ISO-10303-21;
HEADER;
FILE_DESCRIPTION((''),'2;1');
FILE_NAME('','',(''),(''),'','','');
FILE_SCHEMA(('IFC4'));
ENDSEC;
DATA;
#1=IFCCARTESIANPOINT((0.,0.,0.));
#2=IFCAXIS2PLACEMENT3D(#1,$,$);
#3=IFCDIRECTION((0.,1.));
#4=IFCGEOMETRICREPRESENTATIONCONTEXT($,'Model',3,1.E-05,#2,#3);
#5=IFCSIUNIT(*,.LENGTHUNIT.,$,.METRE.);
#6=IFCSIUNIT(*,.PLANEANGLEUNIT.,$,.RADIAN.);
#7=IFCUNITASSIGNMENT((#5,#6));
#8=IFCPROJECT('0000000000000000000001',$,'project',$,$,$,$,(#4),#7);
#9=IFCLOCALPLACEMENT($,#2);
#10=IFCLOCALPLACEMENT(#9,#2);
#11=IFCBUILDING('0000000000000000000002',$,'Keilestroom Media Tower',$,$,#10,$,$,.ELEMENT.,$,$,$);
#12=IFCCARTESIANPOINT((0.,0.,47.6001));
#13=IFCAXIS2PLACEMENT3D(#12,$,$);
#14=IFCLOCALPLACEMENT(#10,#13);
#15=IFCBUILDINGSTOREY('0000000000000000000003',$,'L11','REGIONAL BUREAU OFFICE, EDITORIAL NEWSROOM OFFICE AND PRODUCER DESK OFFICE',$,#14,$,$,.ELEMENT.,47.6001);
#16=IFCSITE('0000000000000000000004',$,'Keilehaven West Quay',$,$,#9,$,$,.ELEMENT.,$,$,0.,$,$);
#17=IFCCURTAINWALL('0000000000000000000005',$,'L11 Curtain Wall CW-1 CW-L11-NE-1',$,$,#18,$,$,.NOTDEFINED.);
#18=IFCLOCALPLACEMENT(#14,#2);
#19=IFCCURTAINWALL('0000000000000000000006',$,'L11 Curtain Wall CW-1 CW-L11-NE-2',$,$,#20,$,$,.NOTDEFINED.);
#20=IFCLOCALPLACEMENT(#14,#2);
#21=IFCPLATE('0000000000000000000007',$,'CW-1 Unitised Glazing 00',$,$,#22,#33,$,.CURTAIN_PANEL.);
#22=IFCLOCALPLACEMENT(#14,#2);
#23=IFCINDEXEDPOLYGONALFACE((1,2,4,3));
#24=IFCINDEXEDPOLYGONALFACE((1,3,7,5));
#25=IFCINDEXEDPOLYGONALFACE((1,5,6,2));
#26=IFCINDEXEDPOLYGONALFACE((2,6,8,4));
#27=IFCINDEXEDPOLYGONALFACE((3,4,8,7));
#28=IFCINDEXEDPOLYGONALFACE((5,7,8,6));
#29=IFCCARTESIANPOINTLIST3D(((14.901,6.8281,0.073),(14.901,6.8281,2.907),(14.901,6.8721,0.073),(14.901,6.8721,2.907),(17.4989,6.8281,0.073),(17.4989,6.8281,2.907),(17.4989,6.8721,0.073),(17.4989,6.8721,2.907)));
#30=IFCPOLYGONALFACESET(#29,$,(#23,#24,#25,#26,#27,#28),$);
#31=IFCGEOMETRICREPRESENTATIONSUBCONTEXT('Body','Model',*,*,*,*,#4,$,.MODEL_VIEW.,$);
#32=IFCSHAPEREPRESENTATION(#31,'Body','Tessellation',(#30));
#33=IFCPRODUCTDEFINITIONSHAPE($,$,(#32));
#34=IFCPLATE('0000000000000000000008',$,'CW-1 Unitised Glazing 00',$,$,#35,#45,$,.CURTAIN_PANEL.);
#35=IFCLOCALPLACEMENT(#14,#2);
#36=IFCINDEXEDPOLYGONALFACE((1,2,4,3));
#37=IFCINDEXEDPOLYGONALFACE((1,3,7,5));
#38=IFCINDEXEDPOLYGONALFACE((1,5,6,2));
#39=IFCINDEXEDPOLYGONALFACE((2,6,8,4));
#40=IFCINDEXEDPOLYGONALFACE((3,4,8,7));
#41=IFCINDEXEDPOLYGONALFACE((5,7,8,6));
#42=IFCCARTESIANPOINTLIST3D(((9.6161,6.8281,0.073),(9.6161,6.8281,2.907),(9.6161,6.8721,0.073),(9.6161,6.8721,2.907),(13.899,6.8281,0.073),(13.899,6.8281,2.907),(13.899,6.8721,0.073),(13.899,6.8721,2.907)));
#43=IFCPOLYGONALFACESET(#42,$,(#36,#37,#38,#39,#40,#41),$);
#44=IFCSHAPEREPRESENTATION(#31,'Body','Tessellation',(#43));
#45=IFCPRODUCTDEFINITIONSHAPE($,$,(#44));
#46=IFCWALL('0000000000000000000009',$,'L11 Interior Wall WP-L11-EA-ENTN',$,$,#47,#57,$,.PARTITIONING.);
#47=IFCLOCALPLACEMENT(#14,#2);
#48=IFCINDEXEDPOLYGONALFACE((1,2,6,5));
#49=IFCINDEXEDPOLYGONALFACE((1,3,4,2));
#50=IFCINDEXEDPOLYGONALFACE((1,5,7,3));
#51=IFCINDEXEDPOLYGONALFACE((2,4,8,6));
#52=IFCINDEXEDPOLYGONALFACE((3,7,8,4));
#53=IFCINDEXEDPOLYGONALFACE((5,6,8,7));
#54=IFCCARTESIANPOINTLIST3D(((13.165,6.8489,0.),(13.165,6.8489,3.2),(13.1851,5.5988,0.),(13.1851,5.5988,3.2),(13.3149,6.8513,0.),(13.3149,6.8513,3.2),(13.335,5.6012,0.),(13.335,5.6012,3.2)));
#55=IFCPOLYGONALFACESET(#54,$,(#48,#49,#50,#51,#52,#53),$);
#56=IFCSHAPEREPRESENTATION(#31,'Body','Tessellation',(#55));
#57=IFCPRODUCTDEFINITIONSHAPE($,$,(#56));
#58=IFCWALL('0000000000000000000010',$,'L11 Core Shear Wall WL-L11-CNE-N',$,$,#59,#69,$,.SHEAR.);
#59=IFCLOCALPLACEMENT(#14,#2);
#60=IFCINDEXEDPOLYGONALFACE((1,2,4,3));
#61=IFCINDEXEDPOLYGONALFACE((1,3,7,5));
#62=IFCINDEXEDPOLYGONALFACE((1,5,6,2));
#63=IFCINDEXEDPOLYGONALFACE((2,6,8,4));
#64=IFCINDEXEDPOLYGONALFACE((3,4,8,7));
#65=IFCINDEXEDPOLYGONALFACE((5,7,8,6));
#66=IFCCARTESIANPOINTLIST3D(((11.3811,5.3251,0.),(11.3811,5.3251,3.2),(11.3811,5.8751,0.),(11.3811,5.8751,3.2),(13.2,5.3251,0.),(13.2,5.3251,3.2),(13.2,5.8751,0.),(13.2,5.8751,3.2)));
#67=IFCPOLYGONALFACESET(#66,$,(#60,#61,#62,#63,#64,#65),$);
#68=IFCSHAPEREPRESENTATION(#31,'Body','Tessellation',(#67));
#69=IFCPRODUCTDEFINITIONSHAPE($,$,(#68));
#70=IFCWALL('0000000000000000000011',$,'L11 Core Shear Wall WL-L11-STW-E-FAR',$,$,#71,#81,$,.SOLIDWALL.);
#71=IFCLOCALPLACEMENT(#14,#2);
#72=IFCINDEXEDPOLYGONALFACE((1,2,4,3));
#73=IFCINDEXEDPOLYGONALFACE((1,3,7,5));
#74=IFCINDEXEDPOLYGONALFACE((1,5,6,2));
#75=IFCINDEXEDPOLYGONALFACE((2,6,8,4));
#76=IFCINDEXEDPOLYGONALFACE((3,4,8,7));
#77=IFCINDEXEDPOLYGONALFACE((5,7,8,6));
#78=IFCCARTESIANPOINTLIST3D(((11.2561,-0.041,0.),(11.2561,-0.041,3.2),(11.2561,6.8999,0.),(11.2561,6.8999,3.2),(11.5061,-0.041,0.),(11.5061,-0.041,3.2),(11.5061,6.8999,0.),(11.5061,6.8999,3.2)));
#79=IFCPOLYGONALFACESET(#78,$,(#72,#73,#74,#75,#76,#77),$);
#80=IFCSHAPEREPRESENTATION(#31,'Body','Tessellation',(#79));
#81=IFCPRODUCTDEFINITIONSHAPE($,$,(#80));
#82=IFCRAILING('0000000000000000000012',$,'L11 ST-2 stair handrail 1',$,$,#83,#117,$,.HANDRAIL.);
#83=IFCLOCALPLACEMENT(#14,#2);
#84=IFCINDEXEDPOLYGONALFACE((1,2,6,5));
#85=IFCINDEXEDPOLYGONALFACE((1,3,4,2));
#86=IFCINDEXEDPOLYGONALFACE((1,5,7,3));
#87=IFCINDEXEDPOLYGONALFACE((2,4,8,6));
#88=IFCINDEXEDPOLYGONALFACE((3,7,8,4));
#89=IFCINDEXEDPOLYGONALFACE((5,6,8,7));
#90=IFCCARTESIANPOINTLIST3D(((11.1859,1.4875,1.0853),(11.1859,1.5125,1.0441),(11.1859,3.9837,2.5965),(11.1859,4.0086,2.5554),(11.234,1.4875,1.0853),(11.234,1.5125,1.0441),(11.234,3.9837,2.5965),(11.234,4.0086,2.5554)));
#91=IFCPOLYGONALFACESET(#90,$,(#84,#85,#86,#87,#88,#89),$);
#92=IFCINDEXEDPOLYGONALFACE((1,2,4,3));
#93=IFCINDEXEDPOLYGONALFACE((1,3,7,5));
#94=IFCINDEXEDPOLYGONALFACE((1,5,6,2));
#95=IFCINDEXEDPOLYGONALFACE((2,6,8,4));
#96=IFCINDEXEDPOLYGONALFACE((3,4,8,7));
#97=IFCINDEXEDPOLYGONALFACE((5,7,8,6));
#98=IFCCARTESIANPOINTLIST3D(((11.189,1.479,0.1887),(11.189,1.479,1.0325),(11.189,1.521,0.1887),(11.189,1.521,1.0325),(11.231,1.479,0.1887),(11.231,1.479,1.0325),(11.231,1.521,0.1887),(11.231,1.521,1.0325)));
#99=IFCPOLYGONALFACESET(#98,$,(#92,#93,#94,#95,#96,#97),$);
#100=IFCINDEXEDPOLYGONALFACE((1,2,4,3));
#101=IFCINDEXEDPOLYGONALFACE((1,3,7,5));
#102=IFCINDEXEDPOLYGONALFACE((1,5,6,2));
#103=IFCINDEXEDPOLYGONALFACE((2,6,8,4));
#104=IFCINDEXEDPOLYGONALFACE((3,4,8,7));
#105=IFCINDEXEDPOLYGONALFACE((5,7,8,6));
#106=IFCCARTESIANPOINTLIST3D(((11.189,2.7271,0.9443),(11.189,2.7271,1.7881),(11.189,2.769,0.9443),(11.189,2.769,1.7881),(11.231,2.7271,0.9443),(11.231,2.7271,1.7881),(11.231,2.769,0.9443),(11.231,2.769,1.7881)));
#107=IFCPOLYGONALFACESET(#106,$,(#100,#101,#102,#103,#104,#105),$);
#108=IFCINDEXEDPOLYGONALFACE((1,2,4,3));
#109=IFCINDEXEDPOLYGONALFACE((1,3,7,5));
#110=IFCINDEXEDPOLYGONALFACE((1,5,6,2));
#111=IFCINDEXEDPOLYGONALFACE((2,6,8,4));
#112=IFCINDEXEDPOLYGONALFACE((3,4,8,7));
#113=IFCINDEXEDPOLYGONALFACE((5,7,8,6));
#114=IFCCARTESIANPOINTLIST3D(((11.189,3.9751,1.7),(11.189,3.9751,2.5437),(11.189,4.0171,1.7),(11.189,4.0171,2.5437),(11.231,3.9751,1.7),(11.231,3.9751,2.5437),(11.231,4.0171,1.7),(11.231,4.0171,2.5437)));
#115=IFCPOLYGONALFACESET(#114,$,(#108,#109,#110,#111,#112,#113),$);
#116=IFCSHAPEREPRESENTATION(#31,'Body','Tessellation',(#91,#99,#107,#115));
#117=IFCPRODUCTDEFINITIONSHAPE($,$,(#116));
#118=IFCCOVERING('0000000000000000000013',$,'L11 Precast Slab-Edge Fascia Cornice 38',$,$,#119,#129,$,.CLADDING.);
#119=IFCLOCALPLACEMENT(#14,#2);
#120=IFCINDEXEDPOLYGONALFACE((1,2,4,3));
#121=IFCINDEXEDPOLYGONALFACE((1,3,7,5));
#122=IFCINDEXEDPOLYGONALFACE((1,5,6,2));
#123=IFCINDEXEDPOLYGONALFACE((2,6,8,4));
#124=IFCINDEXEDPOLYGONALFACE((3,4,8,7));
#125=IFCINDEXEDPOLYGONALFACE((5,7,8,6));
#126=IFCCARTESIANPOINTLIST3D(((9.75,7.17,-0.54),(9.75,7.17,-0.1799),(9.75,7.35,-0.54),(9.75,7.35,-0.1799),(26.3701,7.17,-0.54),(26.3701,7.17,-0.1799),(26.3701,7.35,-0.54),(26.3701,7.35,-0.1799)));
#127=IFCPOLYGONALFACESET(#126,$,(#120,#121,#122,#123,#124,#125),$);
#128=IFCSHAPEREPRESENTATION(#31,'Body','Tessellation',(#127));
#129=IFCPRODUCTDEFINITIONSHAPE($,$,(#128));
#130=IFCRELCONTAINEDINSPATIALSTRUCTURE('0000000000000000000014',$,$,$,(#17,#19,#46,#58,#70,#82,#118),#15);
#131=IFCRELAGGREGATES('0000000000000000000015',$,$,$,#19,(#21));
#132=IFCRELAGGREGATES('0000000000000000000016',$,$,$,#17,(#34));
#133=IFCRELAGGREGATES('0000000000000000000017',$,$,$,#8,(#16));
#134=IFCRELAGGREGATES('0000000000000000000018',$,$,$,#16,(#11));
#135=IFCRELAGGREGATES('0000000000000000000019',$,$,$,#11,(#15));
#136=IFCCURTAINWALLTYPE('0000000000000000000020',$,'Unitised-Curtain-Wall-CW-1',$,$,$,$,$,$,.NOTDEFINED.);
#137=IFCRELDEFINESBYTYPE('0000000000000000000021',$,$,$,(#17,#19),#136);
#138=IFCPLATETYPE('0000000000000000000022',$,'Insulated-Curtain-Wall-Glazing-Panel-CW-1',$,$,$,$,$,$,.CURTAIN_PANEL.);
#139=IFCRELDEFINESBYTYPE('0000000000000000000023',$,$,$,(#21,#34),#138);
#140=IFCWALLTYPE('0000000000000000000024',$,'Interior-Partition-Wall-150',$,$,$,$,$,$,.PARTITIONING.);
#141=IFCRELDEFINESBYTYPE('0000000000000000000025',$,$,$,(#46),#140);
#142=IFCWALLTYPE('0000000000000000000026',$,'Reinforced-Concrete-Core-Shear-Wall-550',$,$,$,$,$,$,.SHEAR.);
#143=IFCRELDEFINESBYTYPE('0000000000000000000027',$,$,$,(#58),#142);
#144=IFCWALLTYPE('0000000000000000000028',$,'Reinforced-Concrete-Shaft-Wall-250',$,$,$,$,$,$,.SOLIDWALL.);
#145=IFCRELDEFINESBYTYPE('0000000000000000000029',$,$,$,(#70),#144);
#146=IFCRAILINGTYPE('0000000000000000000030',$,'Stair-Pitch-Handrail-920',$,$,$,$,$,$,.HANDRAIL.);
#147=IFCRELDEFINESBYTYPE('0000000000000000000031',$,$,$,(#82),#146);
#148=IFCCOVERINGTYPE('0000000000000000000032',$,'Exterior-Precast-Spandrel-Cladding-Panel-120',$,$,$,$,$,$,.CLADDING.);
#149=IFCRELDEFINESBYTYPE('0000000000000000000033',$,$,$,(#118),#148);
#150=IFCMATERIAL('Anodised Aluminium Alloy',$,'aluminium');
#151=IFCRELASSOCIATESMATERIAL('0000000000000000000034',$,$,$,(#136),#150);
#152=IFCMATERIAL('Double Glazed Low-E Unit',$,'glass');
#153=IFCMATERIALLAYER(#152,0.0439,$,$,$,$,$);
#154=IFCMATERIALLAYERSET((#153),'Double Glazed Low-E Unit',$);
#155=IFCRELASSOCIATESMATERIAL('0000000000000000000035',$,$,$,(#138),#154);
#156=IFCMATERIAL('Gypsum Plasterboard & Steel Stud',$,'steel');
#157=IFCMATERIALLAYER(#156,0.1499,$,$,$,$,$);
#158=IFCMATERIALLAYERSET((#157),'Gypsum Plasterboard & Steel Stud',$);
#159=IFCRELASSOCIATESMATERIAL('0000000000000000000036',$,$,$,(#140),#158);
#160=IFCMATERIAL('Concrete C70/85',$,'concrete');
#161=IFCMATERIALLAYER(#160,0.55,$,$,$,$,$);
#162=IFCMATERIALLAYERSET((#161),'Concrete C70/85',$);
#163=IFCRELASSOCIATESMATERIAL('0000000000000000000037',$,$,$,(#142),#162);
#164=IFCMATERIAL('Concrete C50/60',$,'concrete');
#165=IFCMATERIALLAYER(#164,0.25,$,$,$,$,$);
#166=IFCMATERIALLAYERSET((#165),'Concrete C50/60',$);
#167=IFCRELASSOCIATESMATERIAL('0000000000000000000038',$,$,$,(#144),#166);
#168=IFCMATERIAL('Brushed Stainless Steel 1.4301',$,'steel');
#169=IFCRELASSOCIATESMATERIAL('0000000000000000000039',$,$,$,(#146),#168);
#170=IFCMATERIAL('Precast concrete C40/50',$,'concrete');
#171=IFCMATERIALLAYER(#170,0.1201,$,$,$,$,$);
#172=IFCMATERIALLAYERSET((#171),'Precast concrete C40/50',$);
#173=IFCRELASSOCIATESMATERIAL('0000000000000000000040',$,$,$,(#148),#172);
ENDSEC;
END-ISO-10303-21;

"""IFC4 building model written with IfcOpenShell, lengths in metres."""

from ifc_helpers import new_model, si_unit, direction, frame, frame_2d, origin, origin_2d, place, context, subcontext, project, spatial, rectangle, extrude, source, transform, mapped, material, layer, layer_set, type_object, element, aggregate, save


model = new_model("IFC4")

# Units and contexts
model_context = context("Model", 3, precision=1e-05, world=origin(), true_north=direction((0.0, 1.0)))
body_context = subcontext(model_context, "Body", "Model", "MODEL_VIEW")
ifc_project = project(units=[si_unit("LENGTHUNIT", "METRE"), si_unit("PLANEANGLEUNIT", "RADIAN")], contexts=[model_context])

# Site, building, storey
site_placement = place(None, origin())
site = spatial("IfcSite", under=ifc_project, at=site_placement, Name="Keilehaven West Quay", CompositionType="ELEMENT", RefElevation=0.0)
building_placement = place(site_placement, origin())
building = spatial("IfcBuilding", under=site, at=building_placement, Name="Keilestroom Media Tower", CompositionType="ELEMENT")
storey_placement = place(building_placement, frame((0.0, 0.0, 47.6001)))
storey = spatial("IfcBuildingStorey", under=building, at=storey_placement, Name="L11", Description="REGIONAL BUREAU OFFICE, EDITORIAL NEWSROOM OFFICE AND PRODUCER DESK OFFICE", CompositionType="ELEMENT", Elevation=47.6001)

# Shared definitions
ifc_material_1 = material(Name="Precast concrete C40/50", Category="concrete")

# Curtain wall
ifc_material_2 = material(Name="Anodised Aluminium Alloy", Category="aluminium")
curtain_wall_type = type_object("IfcCurtainWallType", Name="Unitised-Curtain-Wall-CW-1", PredefinedType="NOTDEFINED", material=ifc_material_2)
curtain_wall_1_placement = place(storey_placement, origin())
curtain_wall_1 = element("IfcCurtainWall", 1, at=curtain_wall_1_placement, inside=storey, type_object=curtain_wall_type, Name="L11 Curtain Wall CW-1 CW-L11-NE-1", PredefinedType="NOTDEFINED")

# Curtain wall
curtain_wall_2_placement = place(storey_placement, origin())
curtain_wall_2 = element("IfcCurtainWall", 2, at=curtain_wall_2_placement, inside=storey, type_object=curtain_wall_type, Name="L11 Curtain Wall CW-1 CW-L11-NE-2", PredefinedType="NOTDEFINED")

# Plates
ifc_material_3 = material(Name="Double Glazed Low-E Unit", Category="glass")
ifc_layer_1 = layer(ifc_material_3, 0.0439)
ifc_layer_set_1 = layer_set([ifc_layer_1], Name="Double Glazed Low-E Unit")
plate_type = type_object("IfcPlateType", Name="Insulated-Curtain-Wall-Glazing-Panel-CW-1", PredefinedType="CURTAIN_PANEL", material=ifc_layer_set_1)
shared_shape_1 = source(origin(), body_context, "Body", "SweptSolid", [
    extrude(rectangle(XDim=2.5979, YDim=0.0439, at=origin_2d()), origin(), (0.0, 0.0, 1.0), 2.834),
])
plate_1_placement = place(storey_placement, frame((16.2, 6.8501, 0.073), z_axis=(0.0, 0.0, 1.0), x_axis=(1.0, 0.0, 0.0)))
plate_1 = element("IfcPlate", 3, at=plate_1_placement, type_object=plate_type, Name="CW-1 Unitised Glazing 00", PredefinedType="CURTAIN_PANEL", context=body_context, shape_type="MappedRepresentation", body=[
    mapped(shared_shape_1, transform((0.0, 0.0, 0.0), x_axis=(1.0, 0.0, 0.0), y_axis=(0.0, 1.0, 0.0), z_axis=(0.0, 0.0, 1.0), scale=1.0)),
])
aggregate(curtain_wall_2, [plate_1])
shared_shape_2 = source(origin(), body_context, "Body", "SweptSolid", [
    extrude(rectangle(XDim=4.283, YDim=0.0439, at=origin_2d()), origin(), (0.0, 0.0, 1.0), 2.834),
])
plate_2_placement = place(storey_placement, frame((11.7576, 6.8501, 0.073), z_axis=(0.0, 0.0, 1.0), x_axis=(1.0, 0.0, 0.0)))
plate_2 = element("IfcPlate", 4, at=plate_2_placement, type_object=plate_type, Name="CW-1 Unitised Glazing 00", PredefinedType="CURTAIN_PANEL", context=body_context, shape_type="MappedRepresentation", body=[
    mapped(shared_shape_2, transform((0.0, 0.0, 0.0), x_axis=(1.0, 0.0, 0.0), y_axis=(0.0, 1.0, 0.0), z_axis=(0.0, 0.0, 1.0), scale=1.0)),
])
aggregate(curtain_wall_1, [plate_2])

# Walls
ifc_material_4 = material(Name="Gypsum Plasterboard & Steel Stud", Category="steel")
ifc_layer_2 = layer(ifc_material_4, 0.1499)
ifc_layer_set_2 = layer_set([ifc_layer_2], Name="Gypsum Plasterboard & Steel Stud")
wall_type_1 = type_object("IfcWallType", Name="Interior-Partition-Wall-150", PredefinedType="PARTITIONING", material=ifc_layer_set_2)
wall_1_placement = place(storey_placement, frame((13.26, 5.6001, 0.0), z_axis=(0.0, 0.0, 1.0), x_axis=(-0.016014, 0.999872, 0.0)))
element("IfcWall", 5, at=wall_1_placement, inside=storey, type_object=wall_type_1, Name="L11 Interior Wall WP-L11-EA-ENTN", PredefinedType="PARTITIONING", context=body_context, shape_type="SweptSolid", body=[
    extrude(rectangle(XDim=1.2502, YDim=0.1499, at=frame_2d((0.625, 0.0))), origin(), (0.0, 0.0, 1.0), 3.2),
])
ifc_material_5 = material(Name="Concrete C70/85", Category="concrete")
ifc_layer_3 = layer(ifc_material_5, 0.55)
ifc_layer_set_3 = layer_set([ifc_layer_3], Name="Concrete C70/85")
wall_type_2 = type_object("IfcWallType", Name="Reinforced-Concrete-Core-Shear-Wall-550", PredefinedType="SHEAR", material=ifc_layer_set_3)
wall_2_placement = place(storey_placement, frame((11.3811, 5.6001, 0.0), z_axis=(0.0, 0.0, 1.0), x_axis=(1.0, 0.0, 0.0)))
element("IfcWall", 6, at=wall_2_placement, inside=storey, type_object=wall_type_2, Name="L11 Core Shear Wall WL-L11-CNE-N", PredefinedType="SHEAR", context=body_context, shape_type="SweptSolid", body=[
    extrude(rectangle(XDim=1.8188, YDim=0.55, at=frame_2d((0.9094, 0.0))), origin(), (0.0, 0.0, 1.0), 3.2),
])
ifc_material_6 = material(Name="Concrete C50/60", Category="concrete")
ifc_layer_4 = layer(ifc_material_6, 0.25)
ifc_layer_set_4 = layer_set([ifc_layer_4], Name="Concrete C50/60")
wall_type_3 = type_object("IfcWallType", Name="Reinforced-Concrete-Shaft-Wall-250", PredefinedType="SOLIDWALL", material=ifc_layer_set_4)
wall_3_placement = place(storey_placement, frame((11.3811, -0.041, 0.0), z_axis=(0.0, 0.0, 1.0), x_axis=(0.0, 1.0, 0.0)))
element("IfcWall", 7, at=wall_3_placement, inside=storey, type_object=wall_type_3, Name="L11 Core Shear Wall WL-L11-STW-E-FAR", PredefinedType="SOLIDWALL", context=body_context, shape_type="SweptSolid", body=[
    extrude(rectangle(XDim=6.9409, YDim=0.25, at=frame_2d((3.4705, 0.0))), origin(), (0.0, 0.0, 1.0), 3.2),
])

# Railing
ifc_material_7 = material(Name="Brushed Stainless Steel 1.4301", Category="steel")
railing_type = type_object("IfcRailingType", Name="Stair-Pitch-Handrail-920", PredefinedType="HANDRAIL", material=ifc_material_7)
railing_placement = place(storey_placement, frame((11.21, 1.5, 0.1887)))
element("IfcRailing", 8, at=railing_placement, inside=storey, type_object=railing_type, Name="L11 ST-2 stair handrail 1", PredefinedType="HANDRAIL", context=body_context, shape_type="SweptSolid", body=[
    extrude(rectangle(XDim=0.0481, YDim=0.0481, at=origin_2d()), frame((0.0, 0.0, 0.876), z_axis=(0.0, 0.855434, 0.517912), x_axis=(-1.0, 0.0, 0.0)), (0.0, 0.0, 1.0), 2.918),
    extrude(rectangle(XDim=0.042, YDim=0.042, at=origin_2d()), origin(), (0.0, 0.0, 1.0), 0.8438),
    extrude(rectangle(XDim=0.042, YDim=0.042, at=origin_2d()), frame((0.0, 1.248, 0.7556)), (0.0, 0.0, 1.0), 0.8438),
    extrude(rectangle(XDim=0.042, YDim=0.042, at=origin_2d()), frame((0.0, 2.4961, 1.5112)), (0.0, 0.0, 1.0), 0.8438),
])

# Covering
ifc_layer_5 = layer(ifc_material_1, 0.1201)
ifc_layer_set_5 = layer_set([ifc_layer_5], Name="Precast concrete C40/50")
covering_type = type_object("IfcCoveringType", Name="Exterior-Precast-Spandrel-Cladding-Panel-120", PredefinedType="CLADDING", material=ifc_layer_set_5)
shared_shape_3 = source(origin(), body_context, "Body", "SweptSolid", [
    extrude(rectangle(XDim=16.6201, YDim=0.1799, at=origin_2d()), origin(), (0.0, 0.0, 1.0), 0.3601),
])
covering_placement = place(storey_placement, frame((18.0601, 7.26, -0.54), z_axis=(0.0, 0.0, 1.0), x_axis=(1.0, 0.0, 0.0)))
element("IfcCovering", 9, at=covering_placement, inside=storey, type_object=covering_type, Name="L11 Precast Slab-Edge Fascia Cornice 38", PredefinedType="CLADDING", context=body_context, shape_type="MappedRepresentation", body=[
    mapped(shared_shape_3, transform((0.0, 0.0, 0.0), x_axis=(1.0, 0.0, 0.0), y_axis=(0.0, 1.0, 0.0), z_axis=(0.0, 0.0, 1.0), scale=1.0)),
])

save(model, "model.ifc")
